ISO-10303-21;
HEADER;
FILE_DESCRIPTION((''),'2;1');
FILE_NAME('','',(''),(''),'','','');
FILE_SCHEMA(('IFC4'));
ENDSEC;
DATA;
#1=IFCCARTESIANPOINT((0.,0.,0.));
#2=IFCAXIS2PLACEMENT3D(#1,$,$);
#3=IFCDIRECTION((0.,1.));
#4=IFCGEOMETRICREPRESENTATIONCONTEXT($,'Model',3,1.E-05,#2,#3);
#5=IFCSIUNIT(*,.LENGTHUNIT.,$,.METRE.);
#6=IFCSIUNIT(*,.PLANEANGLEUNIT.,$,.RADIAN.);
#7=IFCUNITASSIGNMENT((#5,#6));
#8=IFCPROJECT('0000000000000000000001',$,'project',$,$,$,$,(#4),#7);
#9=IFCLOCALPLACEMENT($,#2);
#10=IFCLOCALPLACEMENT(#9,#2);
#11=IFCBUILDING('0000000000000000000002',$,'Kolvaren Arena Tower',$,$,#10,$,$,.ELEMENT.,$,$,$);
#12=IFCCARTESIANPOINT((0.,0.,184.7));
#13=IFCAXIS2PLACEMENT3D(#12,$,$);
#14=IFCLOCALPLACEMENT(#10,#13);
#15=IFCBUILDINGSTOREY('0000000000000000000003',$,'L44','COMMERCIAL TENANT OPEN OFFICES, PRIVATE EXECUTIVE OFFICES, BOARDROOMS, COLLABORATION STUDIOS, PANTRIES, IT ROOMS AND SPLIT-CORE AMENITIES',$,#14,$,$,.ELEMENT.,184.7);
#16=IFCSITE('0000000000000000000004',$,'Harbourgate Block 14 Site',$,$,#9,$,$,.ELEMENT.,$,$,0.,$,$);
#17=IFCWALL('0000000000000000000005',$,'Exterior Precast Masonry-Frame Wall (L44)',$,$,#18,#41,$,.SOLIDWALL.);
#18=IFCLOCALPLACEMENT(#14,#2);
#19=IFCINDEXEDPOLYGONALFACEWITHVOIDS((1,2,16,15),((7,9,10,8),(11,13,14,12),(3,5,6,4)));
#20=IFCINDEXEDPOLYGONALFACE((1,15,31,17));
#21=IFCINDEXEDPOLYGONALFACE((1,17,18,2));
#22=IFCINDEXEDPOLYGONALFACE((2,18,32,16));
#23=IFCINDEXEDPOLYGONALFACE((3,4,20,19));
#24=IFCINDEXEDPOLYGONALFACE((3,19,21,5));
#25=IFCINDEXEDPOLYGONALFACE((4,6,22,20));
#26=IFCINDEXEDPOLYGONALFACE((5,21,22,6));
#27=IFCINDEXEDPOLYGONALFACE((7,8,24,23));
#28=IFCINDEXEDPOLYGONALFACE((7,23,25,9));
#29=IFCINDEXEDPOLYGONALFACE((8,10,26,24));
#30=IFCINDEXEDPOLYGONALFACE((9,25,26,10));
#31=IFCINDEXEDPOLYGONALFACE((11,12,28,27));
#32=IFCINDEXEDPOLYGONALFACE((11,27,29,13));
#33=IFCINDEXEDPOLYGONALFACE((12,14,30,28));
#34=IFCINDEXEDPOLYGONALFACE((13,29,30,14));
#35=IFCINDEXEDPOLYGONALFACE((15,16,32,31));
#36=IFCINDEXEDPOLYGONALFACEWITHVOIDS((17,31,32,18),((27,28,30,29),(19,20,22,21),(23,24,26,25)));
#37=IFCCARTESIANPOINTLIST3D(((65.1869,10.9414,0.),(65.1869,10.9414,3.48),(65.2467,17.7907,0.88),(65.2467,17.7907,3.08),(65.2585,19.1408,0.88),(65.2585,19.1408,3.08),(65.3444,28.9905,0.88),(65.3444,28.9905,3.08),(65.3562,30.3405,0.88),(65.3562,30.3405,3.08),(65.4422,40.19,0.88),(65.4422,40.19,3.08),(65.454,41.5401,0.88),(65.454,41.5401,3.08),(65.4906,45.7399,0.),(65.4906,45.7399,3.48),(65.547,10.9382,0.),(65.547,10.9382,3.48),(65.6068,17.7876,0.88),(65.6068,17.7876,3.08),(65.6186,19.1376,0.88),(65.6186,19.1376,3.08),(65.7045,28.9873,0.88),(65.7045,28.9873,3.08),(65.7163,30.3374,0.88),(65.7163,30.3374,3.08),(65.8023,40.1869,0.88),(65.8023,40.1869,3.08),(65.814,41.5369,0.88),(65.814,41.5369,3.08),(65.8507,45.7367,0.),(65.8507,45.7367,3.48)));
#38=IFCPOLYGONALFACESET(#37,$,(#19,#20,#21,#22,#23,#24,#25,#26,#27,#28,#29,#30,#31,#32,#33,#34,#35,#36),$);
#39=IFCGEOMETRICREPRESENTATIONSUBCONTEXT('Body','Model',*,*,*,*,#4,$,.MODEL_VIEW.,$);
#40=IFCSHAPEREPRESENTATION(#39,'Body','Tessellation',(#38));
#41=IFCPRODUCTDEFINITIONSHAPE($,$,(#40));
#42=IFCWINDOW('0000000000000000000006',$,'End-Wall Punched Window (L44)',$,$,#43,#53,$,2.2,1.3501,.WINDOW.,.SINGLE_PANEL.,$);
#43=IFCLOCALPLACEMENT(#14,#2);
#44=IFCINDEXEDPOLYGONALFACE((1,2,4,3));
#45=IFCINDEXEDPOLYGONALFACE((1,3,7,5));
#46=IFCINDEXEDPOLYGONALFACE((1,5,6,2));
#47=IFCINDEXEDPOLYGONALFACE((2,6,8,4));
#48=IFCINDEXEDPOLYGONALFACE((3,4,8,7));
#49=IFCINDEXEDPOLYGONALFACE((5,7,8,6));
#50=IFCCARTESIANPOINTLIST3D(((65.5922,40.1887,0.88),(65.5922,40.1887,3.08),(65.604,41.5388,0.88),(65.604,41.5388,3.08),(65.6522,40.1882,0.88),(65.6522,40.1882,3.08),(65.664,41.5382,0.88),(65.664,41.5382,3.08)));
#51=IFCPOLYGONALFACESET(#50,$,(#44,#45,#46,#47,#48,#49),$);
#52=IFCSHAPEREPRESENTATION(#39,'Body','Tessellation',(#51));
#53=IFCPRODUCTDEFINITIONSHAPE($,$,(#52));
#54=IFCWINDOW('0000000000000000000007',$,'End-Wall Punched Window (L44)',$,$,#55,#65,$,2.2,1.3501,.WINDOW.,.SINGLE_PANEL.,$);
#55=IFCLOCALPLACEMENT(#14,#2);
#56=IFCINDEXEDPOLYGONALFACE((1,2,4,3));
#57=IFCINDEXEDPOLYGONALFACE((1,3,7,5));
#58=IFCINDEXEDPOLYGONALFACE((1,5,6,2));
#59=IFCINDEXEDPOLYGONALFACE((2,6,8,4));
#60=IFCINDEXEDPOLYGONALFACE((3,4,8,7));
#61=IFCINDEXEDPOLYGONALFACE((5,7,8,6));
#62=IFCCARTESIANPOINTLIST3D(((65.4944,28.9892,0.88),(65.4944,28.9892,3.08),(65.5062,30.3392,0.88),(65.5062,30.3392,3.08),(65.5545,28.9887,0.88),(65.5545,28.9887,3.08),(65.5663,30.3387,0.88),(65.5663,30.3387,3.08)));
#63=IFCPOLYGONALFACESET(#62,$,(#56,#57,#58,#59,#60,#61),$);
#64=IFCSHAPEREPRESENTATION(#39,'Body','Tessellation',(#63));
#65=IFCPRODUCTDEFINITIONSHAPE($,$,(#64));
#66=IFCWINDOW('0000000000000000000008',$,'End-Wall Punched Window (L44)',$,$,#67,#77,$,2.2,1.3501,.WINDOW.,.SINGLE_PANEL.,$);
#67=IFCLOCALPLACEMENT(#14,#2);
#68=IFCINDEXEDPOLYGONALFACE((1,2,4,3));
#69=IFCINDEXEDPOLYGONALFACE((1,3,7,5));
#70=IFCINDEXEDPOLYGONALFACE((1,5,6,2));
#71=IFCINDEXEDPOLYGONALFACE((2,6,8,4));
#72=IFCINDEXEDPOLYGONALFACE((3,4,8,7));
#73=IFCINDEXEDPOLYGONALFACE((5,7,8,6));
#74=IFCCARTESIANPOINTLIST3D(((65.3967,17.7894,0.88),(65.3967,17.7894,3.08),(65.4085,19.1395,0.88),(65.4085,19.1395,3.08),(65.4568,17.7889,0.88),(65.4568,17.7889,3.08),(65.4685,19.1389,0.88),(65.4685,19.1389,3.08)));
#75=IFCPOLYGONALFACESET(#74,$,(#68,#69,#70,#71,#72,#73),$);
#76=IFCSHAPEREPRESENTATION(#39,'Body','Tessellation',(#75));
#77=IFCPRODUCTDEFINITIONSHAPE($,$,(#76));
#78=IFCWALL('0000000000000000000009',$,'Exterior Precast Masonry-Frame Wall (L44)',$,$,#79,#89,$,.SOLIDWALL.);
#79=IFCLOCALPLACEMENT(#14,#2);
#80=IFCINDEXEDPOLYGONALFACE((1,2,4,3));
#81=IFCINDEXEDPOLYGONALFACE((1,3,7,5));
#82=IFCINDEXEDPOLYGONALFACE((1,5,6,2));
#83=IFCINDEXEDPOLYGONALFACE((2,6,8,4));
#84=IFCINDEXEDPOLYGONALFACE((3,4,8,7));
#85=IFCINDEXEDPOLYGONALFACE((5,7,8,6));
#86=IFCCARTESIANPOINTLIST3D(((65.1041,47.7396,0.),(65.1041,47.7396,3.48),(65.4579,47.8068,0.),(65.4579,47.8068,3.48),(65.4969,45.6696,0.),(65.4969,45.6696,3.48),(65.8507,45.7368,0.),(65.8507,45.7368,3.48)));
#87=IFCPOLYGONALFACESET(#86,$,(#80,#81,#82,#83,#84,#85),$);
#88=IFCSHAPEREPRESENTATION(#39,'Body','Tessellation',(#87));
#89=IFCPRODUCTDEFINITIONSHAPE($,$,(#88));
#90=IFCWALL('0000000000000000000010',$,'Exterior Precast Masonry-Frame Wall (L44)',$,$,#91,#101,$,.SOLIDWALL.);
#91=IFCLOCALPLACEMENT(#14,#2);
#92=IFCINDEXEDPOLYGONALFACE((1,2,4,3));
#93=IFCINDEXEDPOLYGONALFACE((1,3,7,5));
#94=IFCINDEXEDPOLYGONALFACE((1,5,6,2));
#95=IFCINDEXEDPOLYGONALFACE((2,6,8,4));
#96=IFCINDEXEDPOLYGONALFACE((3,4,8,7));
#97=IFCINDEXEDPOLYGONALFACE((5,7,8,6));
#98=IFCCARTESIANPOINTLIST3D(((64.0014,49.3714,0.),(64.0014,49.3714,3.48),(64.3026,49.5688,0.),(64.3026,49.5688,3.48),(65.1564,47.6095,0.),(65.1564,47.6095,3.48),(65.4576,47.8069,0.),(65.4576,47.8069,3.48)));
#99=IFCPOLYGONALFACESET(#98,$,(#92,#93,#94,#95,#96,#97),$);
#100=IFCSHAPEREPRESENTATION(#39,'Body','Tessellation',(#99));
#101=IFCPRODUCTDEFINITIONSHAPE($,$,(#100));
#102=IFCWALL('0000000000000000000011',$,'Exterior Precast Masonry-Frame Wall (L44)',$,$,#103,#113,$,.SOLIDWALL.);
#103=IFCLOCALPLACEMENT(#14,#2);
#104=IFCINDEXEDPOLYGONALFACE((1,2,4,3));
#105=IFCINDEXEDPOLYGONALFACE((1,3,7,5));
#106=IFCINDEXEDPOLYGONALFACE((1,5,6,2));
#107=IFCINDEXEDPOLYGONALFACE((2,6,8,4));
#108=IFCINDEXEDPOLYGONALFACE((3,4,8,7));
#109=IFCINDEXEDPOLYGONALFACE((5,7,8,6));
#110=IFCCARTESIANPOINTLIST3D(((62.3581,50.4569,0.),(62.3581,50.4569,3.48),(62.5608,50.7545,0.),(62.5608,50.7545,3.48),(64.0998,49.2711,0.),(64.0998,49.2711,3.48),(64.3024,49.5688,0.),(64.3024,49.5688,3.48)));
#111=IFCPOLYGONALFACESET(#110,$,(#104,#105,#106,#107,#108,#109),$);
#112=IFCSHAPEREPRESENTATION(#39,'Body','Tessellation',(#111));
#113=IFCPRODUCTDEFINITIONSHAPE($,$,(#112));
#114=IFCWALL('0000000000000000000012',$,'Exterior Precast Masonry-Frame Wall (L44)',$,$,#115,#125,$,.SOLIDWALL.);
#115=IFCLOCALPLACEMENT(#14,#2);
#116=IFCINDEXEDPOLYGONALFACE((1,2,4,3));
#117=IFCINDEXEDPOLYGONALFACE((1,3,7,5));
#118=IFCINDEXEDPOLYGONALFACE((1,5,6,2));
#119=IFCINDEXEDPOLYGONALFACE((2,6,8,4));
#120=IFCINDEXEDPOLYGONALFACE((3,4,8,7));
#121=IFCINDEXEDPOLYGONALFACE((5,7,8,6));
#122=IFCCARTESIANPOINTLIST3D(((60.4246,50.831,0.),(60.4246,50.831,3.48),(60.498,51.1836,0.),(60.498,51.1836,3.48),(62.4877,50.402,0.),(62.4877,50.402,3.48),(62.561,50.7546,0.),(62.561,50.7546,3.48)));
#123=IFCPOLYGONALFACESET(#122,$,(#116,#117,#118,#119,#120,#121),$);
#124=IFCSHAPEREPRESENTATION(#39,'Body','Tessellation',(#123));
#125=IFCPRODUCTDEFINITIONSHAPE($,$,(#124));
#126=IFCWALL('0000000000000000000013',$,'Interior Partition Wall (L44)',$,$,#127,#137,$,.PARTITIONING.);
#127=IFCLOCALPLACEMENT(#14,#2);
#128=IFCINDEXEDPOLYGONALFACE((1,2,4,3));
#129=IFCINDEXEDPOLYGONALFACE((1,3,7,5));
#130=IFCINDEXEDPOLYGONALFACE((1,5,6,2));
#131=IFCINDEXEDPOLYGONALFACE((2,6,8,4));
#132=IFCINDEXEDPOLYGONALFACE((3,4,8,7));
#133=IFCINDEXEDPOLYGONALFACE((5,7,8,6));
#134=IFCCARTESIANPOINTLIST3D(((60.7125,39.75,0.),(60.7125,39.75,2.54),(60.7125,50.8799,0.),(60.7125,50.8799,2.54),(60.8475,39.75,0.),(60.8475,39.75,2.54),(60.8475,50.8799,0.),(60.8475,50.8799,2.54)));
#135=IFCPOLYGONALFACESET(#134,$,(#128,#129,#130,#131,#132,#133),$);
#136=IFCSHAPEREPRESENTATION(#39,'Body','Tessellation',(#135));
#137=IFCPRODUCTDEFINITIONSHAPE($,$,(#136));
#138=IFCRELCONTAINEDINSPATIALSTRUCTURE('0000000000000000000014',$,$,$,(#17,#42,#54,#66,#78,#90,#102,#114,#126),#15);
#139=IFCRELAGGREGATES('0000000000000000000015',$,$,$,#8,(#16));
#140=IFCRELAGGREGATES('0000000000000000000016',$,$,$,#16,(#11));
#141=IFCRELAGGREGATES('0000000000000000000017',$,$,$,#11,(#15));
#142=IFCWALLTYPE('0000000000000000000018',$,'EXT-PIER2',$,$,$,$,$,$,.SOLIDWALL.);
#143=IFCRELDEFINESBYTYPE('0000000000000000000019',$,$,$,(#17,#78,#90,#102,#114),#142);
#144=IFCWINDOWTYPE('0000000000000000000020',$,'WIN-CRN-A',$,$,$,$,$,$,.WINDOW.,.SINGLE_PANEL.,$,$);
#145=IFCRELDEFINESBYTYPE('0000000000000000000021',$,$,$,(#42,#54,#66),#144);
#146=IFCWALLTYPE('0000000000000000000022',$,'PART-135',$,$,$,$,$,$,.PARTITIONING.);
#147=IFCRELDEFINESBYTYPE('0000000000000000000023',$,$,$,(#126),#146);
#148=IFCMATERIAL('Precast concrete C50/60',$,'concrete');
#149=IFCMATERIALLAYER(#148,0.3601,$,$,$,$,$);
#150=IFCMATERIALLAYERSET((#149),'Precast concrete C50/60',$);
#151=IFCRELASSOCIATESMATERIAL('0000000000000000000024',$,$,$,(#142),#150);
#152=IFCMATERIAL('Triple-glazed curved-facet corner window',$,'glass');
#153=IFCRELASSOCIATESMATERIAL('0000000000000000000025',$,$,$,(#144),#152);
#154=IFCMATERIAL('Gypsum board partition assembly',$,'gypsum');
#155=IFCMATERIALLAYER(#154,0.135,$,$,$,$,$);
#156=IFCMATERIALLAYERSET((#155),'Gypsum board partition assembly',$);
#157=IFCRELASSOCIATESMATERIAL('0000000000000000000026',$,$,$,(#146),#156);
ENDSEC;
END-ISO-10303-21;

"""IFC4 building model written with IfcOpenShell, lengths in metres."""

from ifc_helpers import new_model, si_unit, direction, frame, frame_2d, origin, place, context, subcontext, project, spatial, rectangle, extrude, material, layer, layer_set, type_object, element, fill, save


model = new_model("IFC4")

# Units and contexts
model_context = context("Model", 3, precision=1e-05, world=origin(), true_north=direction((0.0, 1.0)))
body_context = subcontext(model_context, "Body", "Model", "MODEL_VIEW")
ifc_project = project(units=[si_unit("LENGTHUNIT", "METRE"), si_unit("PLANEANGLEUNIT", "RADIAN")], contexts=[model_context])

# Site, building, storey
site_placement = place(None, origin())
site = spatial("IfcSite", under=ifc_project, at=site_placement, Name="Harbourgate Block 14 Site", CompositionType="ELEMENT", RefElevation=0.0)
building_placement = place(site_placement, origin())
building = spatial("IfcBuilding", under=site, at=building_placement, Name="Kolvaren Arena Tower", CompositionType="ELEMENT")
storey_placement = place(building_placement, frame((0.0, 0.0, 184.7)))
storey = spatial("IfcBuildingStorey", under=building, at=storey_placement, Name="L44", Description="COMMERCIAL TENANT OPEN OFFICES, PRIVATE EXECUTIVE OFFICES, BOARDROOMS, COLLABORATION STUDIOS, PANTRIES, IT ROOMS AND SPLIT-CORE AMENITIES", CompositionType="ELEMENT", Elevation=184.7)

# Wall, openings, windows
ifc_material_1 = material(Name="Precast concrete C50/60", Category="concrete")
ifc_layer_1 = layer(ifc_material_1, 0.3601)
ifc_layer_set_1 = layer_set([ifc_layer_1], Name="Precast concrete C50/60")
wall_type_1 = type_object("IfcWallType", Name="EXT-PIER2", PredefinedType="SOLIDWALL", material=ifc_layer_set_1)
wall_1_placement = place(storey_placement, frame((65.6707, 45.7383, 0.0), z_axis=(0.0, 0.0, 1.0), x_axis=(-0.008727, -0.999962, 0.0)))
wall_1 = element("IfcWall", 1, at=wall_1_placement, inside=storey, type_object=wall_type_1, Name="Exterior Precast Masonry-Frame Wall (L44)", PredefinedType="SOLIDWALL", context=body_context, shape_type="SweptSolid", body=[
    extrude(rectangle(XDim=34.7998, YDim=0.3601, at=frame_2d((17.3999, 0.0))), origin(), (0.0, 0.0, 1.0), 3.48),
])
opening_1_placement = place(wall_1_placement, frame((4.2, 0.0, 0.8799)))
opening_1 = element("IfcOpeningElement", 2, at=opening_1_placement, cuts=wall_1, PredefinedType="OPENING", context=body_context, shape_type="SweptSolid", body=[
    extrude(rectangle(XDim=1.3501, YDim=2.2, at=frame_2d((0.675, 1.1001))), frame((0.0, 0.1899, 0.0), z_axis=(0.0, -1.0, 0.0), x_axis=(1.0, 0.0, 0.0)), (0.0, 0.0, 1.0), 0.3801),
])
opening_2_placement = place(wall_1_placement, frame((15.3999, 0.0, 0.8799)))
opening_2 = element("IfcOpeningElement", 3, at=opening_2_placement, cuts=wall_1, PredefinedType="OPENING", context=body_context, shape_type="SweptSolid", body=[
    extrude(rectangle(XDim=1.3501, YDim=2.2, at=frame_2d((0.675, 1.1001))), frame((0.0, 0.1899, 0.0), z_axis=(0.0, -1.0, 0.0), x_axis=(1.0, 0.0, 0.0)), (0.0, 0.0, 1.0), 0.3801),
])
opening_3_placement = place(wall_1_placement, frame((26.6001, 0.0, 0.8799)))
opening_3 = element("IfcOpeningElement", 4, at=opening_3_placement, cuts=wall_1, PredefinedType="OPENING", context=body_context, shape_type="SweptSolid", body=[
    extrude(rectangle(XDim=1.3501, YDim=2.2, at=frame_2d((0.675, 1.1001))), frame((0.0, 0.1899, 0.0), z_axis=(0.0, -1.0, 0.0), x_axis=(1.0, 0.0, 0.0)), (0.0, 0.0, 1.0), 0.3801),
])
ifc_material_2 = material(Name="Triple-glazed curved-facet corner window", Category="glass")
window_type = type_object("IfcWindowType", Name="WIN-CRN-A", PartitioningType="SINGLE_PANEL", PredefinedType="WINDOW", material=ifc_material_2)
window_1_placement = place(opening_1_placement, origin())
window_1 = element("IfcWindow", 5, at=window_1_placement, inside=storey, type_object=window_type, Name="End-Wall Punched Window (L44)", OverallHeight=2.2, OverallWidth=1.3501, PartitioningType="SINGLE_PANEL", PredefinedType="WINDOW", context=body_context, shape_type="SweptSolid", body=[
    extrude(rectangle(XDim=1.3501, YDim=2.2, at=frame_2d((0.675, 1.1001))), frame((0.0, 0.03, 0.0), z_axis=(0.0, -1.0, 0.0), x_axis=(1.0, 0.0, 0.0)), (0.0, 0.0, 1.0), 0.0601),
])
fill(opening_1, window_1)
window_2_placement = place(opening_2_placement, origin())
window_2 = element("IfcWindow", 6, at=window_2_placement, inside=storey, type_object=window_type, Name="End-Wall Punched Window (L44)", OverallHeight=2.2, OverallWidth=1.3501, PartitioningType="SINGLE_PANEL", PredefinedType="WINDOW", context=body_context, shape_type="SweptSolid", body=[
    extrude(rectangle(XDim=1.3501, YDim=2.2, at=frame_2d((0.675, 1.1001))), frame((0.0, 0.03, 0.0), z_axis=(0.0, -1.0, 0.0), x_axis=(1.0, 0.0, 0.0)), (0.0, 0.0, 1.0), 0.0601),
])
fill(opening_2, window_2)
window_3_placement = place(opening_3_placement, origin())
window_3 = element("IfcWindow", 7, at=window_3_placement, inside=storey, type_object=window_type, Name="End-Wall Punched Window (L44)", OverallHeight=2.2, OverallWidth=1.3501, PartitioningType="SINGLE_PANEL", PredefinedType="WINDOW", context=body_context, shape_type="SweptSolid", body=[
    extrude(rectangle(XDim=1.3501, YDim=2.2, at=frame_2d((0.675, 1.1001))), frame((0.0, 0.03, 0.0), z_axis=(0.0, -1.0, 0.0), x_axis=(1.0, 0.0, 0.0)), (0.0, 0.0, 1.0), 0.0601),
])
fill(opening_3, window_3)

# Walls
wall_2_placement = place(storey_placement, frame((65.281, 47.7732, 0.0), z_axis=(0.0, 0.0, 1.0), x_axis=(0.186436, -0.982467, 0.0)))
element("IfcWall", 8, at=wall_2_placement, inside=storey, type_object=wall_type_1, Name="Exterior Precast Masonry-Frame Wall (L44)", PredefinedType="SOLIDWALL", context=body_context, shape_type="SweptSolid", body=[
    extrude(rectangle(XDim=2.1069, YDim=0.3601, at=frame_2d((1.0535, 0.0))), origin(), (0.0, 0.0, 1.0), 3.48),
])
wall_3_placement = place(storey_placement, frame((64.1521, 49.47, 0.0), z_axis=(0.0, 0.0, 1.0), x_axis=(0.548239, -0.836322, 0.0)))
element("IfcWall", 9, at=wall_3_placement, inside=storey, type_object=wall_type_1, Name="Exterior Precast Masonry-Frame Wall (L44)", PredefinedType="SOLIDWALL", context=body_context, shape_type="SweptSolid", body=[
    extrude(rectangle(XDim=2.1067, YDim=0.3601, at=frame_2d((1.0532, 0.0))), origin(), (0.0, 0.0, 1.0), 3.48),
])
wall_4_placement = place(storey_placement, frame((62.4595, 50.6057, 0.0), z_axis=(0.0, 0.0, 1.0), x_axis=(0.82661, -0.562776, 0.0)))
element("IfcWall", 10, at=wall_4_placement, inside=storey, type_object=wall_type_1, Name="Exterior Precast Masonry-Frame Wall (L44)", PredefinedType="SOLIDWALL", context=body_context, shape_type="SweptSolid", body=[
    extrude(rectangle(XDim=2.1069, YDim=0.3601, at=frame_2d((1.0535, 0.0))), origin(), (0.0, 0.0, 1.0), 3.48),
])
wall_5_placement = place(storey_placement, frame((60.4612, 51.0073, 0.0), z_axis=(0.0, 0.0, 1.0), x_axis=(0.979059, -0.203575, 0.0)))
element("IfcWall", 11, at=wall_5_placement, inside=storey, type_object=wall_type_1, Name="Exterior Precast Masonry-Frame Wall (L44)", PredefinedType="SOLIDWALL", context=body_context, shape_type="SweptSolid", body=[
    extrude(rectangle(XDim=2.1072, YDim=0.3601, at=frame_2d((1.0537, 0.0))), origin(), (0.0, 0.0, 1.0), 3.48),
])
ifc_material_3 = material(Name="Gypsum board partition assembly", Category="gypsum")
ifc_layer_2 = layer(ifc_material_3, 0.135)
ifc_layer_set_2 = layer_set([ifc_layer_2], Name="Gypsum board partition assembly")
wall_type_2 = type_object("IfcWallType", Name="PART-135", PredefinedType="PARTITIONING", material=ifc_layer_set_2)
wall_6_placement = place(storey_placement, frame((60.78, 39.75, 0.0), z_axis=(0.0, 0.0, 1.0), x_axis=(0.0, 1.0, 0.0)))
element("IfcWall", 12, at=wall_6_placement, inside=storey, type_object=wall_type_2, Name="Interior Partition Wall (L44)", PredefinedType="PARTITIONING", context=body_context, shape_type="SweptSolid", body=[
    extrude(rectangle(XDim=11.1299, YDim=0.135, at=frame_2d((5.5649, 0.0))), origin(), (0.0, 0.0, 1.0), 2.54),
])

save(model, "model.ifc")
